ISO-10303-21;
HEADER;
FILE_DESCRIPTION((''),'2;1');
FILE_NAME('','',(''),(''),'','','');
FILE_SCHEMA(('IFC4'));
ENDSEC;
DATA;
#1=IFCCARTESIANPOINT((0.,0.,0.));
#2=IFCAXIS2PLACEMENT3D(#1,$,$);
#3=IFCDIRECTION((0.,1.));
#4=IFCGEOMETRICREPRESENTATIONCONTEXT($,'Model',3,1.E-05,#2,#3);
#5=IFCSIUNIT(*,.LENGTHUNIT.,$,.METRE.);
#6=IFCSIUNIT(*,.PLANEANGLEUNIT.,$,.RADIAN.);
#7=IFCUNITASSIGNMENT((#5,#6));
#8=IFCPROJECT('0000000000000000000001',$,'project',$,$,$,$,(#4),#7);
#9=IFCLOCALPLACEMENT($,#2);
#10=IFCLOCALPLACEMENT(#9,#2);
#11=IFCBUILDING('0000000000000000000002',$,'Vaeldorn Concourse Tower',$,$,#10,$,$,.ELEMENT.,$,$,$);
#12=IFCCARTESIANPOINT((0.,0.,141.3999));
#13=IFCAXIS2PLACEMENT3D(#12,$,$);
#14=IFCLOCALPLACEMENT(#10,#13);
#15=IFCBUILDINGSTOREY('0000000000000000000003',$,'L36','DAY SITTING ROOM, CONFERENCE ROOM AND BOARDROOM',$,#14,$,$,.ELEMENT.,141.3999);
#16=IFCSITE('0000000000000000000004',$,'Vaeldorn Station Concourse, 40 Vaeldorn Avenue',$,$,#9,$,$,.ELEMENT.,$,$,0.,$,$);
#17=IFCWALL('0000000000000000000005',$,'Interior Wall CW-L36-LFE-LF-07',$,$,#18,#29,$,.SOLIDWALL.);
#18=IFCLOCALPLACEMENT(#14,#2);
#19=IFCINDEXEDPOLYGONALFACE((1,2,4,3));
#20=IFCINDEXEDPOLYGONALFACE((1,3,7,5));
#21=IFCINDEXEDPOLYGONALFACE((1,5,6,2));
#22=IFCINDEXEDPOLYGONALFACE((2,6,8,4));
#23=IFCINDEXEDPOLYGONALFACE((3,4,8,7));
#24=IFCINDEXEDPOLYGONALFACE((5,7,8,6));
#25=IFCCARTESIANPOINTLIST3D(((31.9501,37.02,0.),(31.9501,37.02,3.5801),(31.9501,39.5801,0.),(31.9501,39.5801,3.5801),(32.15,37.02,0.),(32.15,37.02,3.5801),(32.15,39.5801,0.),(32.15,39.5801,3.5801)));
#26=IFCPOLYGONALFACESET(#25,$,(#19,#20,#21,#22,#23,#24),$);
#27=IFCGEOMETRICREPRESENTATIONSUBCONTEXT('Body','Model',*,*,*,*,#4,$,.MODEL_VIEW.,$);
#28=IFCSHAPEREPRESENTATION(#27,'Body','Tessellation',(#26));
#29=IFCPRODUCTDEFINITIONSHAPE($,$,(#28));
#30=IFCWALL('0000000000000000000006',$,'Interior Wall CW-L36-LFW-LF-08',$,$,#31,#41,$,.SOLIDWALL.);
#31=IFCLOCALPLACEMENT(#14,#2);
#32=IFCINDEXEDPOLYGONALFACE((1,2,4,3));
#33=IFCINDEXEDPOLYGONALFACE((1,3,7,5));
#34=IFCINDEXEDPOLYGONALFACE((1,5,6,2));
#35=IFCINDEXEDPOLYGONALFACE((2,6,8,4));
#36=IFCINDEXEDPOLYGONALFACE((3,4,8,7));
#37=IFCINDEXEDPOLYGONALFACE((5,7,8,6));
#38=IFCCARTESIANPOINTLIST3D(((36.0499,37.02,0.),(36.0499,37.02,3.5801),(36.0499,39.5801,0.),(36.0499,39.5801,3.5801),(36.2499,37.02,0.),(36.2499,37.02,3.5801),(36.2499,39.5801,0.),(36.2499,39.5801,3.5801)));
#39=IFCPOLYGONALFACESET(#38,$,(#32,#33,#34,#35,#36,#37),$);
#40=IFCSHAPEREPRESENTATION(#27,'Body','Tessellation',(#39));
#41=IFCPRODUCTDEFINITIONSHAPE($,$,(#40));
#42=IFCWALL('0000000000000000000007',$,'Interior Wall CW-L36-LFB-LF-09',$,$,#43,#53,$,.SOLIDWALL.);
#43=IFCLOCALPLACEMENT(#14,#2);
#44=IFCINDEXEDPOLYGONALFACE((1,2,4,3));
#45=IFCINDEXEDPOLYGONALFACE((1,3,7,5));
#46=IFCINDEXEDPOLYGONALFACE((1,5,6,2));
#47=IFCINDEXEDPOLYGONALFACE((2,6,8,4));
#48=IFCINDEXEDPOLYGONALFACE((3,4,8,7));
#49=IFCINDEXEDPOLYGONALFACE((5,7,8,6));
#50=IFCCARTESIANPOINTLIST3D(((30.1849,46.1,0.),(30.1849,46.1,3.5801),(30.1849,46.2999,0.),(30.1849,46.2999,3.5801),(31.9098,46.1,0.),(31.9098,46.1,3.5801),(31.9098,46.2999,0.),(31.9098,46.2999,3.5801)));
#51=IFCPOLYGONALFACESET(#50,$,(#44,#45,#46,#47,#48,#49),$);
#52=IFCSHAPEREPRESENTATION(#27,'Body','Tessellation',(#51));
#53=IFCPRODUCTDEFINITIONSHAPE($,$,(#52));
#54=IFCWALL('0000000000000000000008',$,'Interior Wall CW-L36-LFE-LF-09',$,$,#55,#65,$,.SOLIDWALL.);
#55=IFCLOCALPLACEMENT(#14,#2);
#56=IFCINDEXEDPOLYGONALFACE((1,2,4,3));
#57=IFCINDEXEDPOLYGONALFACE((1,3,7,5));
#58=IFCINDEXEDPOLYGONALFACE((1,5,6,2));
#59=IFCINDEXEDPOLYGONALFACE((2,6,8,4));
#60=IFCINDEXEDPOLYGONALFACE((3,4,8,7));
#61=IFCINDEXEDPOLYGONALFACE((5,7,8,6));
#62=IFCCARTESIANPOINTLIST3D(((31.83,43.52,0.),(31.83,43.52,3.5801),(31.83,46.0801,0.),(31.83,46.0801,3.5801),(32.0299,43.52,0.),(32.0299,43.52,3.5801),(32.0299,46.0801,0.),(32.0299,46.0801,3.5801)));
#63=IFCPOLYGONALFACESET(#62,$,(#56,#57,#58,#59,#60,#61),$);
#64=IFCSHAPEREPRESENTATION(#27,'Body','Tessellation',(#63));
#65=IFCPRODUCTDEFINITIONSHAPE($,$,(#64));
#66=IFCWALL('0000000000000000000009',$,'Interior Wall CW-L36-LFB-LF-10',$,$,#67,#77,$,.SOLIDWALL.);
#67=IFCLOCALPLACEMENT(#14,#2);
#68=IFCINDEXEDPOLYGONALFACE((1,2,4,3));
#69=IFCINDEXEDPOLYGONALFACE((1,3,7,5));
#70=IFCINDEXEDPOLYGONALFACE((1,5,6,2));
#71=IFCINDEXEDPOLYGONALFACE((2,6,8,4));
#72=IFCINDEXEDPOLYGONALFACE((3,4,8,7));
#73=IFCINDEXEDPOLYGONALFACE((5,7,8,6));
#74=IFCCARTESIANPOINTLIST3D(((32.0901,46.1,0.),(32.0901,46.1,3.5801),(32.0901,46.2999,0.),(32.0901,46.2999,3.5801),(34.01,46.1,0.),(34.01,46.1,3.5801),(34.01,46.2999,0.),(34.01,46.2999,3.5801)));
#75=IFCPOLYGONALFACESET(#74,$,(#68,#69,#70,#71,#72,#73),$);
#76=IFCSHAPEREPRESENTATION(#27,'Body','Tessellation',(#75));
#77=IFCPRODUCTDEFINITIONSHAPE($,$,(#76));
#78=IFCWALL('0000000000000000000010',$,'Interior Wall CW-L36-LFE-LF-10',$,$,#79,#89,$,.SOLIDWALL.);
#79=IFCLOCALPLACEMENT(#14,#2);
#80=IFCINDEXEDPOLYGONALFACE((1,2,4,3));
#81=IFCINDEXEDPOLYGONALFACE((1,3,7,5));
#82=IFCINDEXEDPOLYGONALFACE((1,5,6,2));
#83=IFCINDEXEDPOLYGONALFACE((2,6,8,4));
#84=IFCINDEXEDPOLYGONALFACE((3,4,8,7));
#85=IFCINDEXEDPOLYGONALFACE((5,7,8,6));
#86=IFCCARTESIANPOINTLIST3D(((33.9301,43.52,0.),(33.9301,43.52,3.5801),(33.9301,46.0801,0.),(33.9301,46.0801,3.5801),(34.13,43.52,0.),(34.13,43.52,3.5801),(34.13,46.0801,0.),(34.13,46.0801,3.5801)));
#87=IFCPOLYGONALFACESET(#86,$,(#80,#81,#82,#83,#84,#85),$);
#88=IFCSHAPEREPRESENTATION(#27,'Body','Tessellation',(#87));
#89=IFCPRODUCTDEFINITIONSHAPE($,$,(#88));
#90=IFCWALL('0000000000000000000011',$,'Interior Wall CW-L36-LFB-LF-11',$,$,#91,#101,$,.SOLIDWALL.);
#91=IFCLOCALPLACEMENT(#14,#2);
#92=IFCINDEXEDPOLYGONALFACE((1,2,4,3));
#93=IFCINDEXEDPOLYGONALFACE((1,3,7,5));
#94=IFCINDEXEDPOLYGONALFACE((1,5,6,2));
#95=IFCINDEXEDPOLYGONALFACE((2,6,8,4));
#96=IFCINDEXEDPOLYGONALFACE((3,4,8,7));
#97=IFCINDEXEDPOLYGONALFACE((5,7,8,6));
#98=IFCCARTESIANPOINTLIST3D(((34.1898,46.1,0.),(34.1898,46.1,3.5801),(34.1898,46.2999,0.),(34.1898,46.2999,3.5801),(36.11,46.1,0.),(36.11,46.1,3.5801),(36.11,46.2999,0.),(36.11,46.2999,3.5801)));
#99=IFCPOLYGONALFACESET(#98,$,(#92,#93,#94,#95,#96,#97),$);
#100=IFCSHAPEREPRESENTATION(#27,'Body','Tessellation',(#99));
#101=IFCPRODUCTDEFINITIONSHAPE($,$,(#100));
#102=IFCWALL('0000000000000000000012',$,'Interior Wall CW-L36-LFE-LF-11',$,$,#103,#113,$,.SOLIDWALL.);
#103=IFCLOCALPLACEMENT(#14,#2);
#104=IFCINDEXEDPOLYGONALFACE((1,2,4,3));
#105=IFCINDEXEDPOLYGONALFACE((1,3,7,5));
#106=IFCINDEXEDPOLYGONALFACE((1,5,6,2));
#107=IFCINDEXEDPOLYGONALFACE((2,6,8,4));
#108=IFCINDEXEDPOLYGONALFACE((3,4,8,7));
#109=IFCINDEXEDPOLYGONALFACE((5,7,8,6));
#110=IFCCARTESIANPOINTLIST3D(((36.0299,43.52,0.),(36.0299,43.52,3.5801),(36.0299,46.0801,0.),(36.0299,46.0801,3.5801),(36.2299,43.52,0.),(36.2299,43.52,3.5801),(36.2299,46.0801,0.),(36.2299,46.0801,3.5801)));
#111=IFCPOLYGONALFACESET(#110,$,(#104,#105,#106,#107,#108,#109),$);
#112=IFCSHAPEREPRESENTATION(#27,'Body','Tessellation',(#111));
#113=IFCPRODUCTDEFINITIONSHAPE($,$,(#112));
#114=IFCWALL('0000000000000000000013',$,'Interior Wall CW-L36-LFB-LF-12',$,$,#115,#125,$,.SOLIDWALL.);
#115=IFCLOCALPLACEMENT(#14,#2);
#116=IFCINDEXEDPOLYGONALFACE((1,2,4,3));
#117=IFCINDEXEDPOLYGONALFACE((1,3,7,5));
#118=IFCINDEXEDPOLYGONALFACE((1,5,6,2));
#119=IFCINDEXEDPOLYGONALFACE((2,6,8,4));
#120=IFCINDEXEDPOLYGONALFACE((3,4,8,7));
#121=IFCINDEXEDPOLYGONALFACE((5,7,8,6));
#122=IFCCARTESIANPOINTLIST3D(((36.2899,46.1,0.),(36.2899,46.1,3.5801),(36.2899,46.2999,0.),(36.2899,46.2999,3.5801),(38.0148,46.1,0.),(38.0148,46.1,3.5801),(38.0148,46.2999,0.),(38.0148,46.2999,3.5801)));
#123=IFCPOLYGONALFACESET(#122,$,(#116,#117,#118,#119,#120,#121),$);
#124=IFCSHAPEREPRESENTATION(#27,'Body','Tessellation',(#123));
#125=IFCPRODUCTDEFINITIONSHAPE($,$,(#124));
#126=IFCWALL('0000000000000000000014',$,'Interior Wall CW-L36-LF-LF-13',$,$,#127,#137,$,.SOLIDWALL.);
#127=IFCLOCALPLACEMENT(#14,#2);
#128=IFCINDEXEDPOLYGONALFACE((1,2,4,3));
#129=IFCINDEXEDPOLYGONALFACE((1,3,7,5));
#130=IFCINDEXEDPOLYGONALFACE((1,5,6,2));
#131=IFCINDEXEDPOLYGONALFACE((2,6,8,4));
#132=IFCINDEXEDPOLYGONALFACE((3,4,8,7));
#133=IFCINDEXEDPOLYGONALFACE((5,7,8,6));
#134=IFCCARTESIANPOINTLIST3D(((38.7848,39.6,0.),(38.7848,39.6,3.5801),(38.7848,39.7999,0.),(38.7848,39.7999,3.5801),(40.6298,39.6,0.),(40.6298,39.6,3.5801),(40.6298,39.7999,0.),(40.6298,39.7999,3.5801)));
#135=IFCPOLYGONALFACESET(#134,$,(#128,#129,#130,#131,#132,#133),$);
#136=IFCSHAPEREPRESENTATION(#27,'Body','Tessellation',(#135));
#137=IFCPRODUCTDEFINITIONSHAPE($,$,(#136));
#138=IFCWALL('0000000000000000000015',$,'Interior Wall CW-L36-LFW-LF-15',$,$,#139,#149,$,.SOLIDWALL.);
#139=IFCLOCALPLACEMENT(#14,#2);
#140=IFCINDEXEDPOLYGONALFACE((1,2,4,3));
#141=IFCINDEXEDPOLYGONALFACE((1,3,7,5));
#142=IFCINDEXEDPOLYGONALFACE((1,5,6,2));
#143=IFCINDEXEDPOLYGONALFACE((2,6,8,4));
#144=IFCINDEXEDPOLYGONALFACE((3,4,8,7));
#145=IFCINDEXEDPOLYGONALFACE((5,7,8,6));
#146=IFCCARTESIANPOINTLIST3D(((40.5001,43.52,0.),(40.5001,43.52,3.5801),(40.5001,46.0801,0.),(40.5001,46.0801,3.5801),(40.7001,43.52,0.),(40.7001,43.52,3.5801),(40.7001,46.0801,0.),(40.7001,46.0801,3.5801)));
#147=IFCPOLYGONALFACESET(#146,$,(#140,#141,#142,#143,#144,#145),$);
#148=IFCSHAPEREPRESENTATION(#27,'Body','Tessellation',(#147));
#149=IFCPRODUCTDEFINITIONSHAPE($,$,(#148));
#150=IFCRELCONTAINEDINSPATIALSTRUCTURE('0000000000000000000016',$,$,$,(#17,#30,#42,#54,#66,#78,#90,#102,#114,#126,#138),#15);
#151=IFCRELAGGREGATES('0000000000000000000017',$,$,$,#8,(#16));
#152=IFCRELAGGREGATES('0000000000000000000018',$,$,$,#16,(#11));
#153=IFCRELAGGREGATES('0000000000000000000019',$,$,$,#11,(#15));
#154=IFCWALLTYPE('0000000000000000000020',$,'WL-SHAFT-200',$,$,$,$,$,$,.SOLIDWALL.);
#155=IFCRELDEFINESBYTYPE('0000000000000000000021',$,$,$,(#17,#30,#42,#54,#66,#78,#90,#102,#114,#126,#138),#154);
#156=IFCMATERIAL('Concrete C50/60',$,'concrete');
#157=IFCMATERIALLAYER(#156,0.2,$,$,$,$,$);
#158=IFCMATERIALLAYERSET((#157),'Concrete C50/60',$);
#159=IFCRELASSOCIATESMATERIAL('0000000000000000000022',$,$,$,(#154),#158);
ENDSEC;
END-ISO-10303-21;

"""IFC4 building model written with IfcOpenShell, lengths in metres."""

from ifc_helpers import new_model, si_unit, direction, frame, frame_2d, origin, place, context, subcontext, project, spatial, rectangle, extrude, material, layer, layer_set, type_object, element, save


model = new_model("IFC4")

# Units and contexts
model_context = context("Model", 3, precision=1e-05, world=origin(), true_north=direction((0.0, 1.0)))
body_context = subcontext(model_context, "Body", "Model", "MODEL_VIEW")
ifc_project = project(units=[si_unit("LENGTHUNIT", "METRE"), si_unit("PLANEANGLEUNIT", "RADIAN")], contexts=[model_context])

# Site, building, storey
site_placement = place(None, origin())
site = spatial("IfcSite", under=ifc_project, at=site_placement, Name="Vaeldorn Station Concourse, 40 Vaeldorn Avenue", CompositionType="ELEMENT", RefElevation=0.0)
building_placement = place(site_placement, origin())
building = spatial("IfcBuilding", under=site, at=building_placement, Name="Vaeldorn Concourse Tower", CompositionType="ELEMENT")
storey_placement = place(building_placement, frame((0.0, 0.0, 141.3999)))
storey = spatial("IfcBuildingStorey", under=building, at=storey_placement, Name="L36", Description="DAY SITTING ROOM, CONFERENCE ROOM AND BOARDROOM", CompositionType="ELEMENT", Elevation=141.3999)

# Shared definitions
ifc_material_1 = material(Name="Concrete C50/60", Category="concrete")
ifc_layer_1 = layer(ifc_material_1, 0.2)
ifc_layer_set_1 = layer_set([ifc_layer_1], Name="Concrete C50/60")
wall_type_1 = type_object("IfcWallType", Name="WL-SHAFT-200", PredefinedType="SOLIDWALL", material=ifc_layer_set_1)

# Wall
wall_1_placement = place(storey_placement, frame((32.05, 37.02, 0.0), z_axis=(0.0, 0.0, 1.0), x_axis=(0.0, 1.0, 0.0)))
element("IfcWall", 1, at=wall_1_placement, inside=storey, type_object=wall_type_1, Name="Interior Wall CW-L36-LFE-LF-07", PredefinedType="SOLIDWALL", context=body_context, shape_type="SweptSolid", body=[
    extrude(rectangle(XDim=2.5601, YDim=0.2, at=frame_2d((1.28, 0.0))), origin(), (0.0, 0.0, 1.0), 3.5801),
])

# Wall
wall_2_placement = place(storey_placement, frame((36.1499, 37.02, 0.0), z_axis=(0.0, 0.0, 1.0), x_axis=(0.0, 1.0, 0.0)))
element("IfcWall", 2, at=wall_2_placement, inside=storey, type_object=wall_type_1, Name="Interior Wall CW-L36-LFW-LF-08", PredefinedType="SOLIDWALL", context=body_context, shape_type="SweptSolid", body=[
    extrude(rectangle(XDim=2.5601, YDim=0.2, at=frame_2d((1.28, 0.0))), origin(), (0.0, 0.0, 1.0), 3.5801),
])

# Walls
wall_3_placement = place(storey_placement, frame((30.1851, 46.2, 0.0), z_axis=(0.0, 0.0, 1.0), x_axis=(1.0, 0.0, 0.0)))
element("IfcWall", 3, at=wall_3_placement, inside=storey, type_object=wall_type_1, Name="Interior Wall CW-L36-LFB-LF-09", PredefinedType="SOLIDWALL", context=body_context, shape_type="SweptSolid", body=[
    extrude(rectangle(XDim=1.7249, YDim=0.2, at=frame_2d((0.8623, 0.0))), origin(), (0.0, 0.0, 1.0), 3.5801),
])
wall_4_placement = place(storey_placement, frame((31.9299, 43.52, 0.0), z_axis=(0.0, 0.0, 1.0), x_axis=(0.0, 1.0, 0.0)))
element("IfcWall", 4, at=wall_4_placement, inside=storey, type_object=wall_type_1, Name="Interior Wall CW-L36-LFE-LF-09", PredefinedType="SOLIDWALL", context=body_context, shape_type="SweptSolid", body=[
    extrude(rectangle(XDim=2.5601, YDim=0.2, at=frame_2d((1.28, 0.0))), origin(), (0.0, 0.0, 1.0), 3.5801),
])

# Walls
wall_5_placement = place(storey_placement, frame((32.0901, 46.2, 0.0), z_axis=(0.0, 0.0, 1.0), x_axis=(1.0, 0.0, 0.0)))
element("IfcWall", 5, at=wall_5_placement, inside=storey, type_object=wall_type_1, Name="Interior Wall CW-L36-LFB-LF-10", PredefinedType="SOLIDWALL", context=body_context, shape_type="SweptSolid", body=[
    extrude(rectangle(XDim=1.9199, YDim=0.2, at=frame_2d((0.96, 0.0))), origin(), (0.0, 0.0, 1.0), 3.5801),
])
wall_6_placement = place(storey_placement, frame((34.03, 43.52, 0.0), z_axis=(0.0, 0.0, 1.0), x_axis=(0.0, 1.0, 0.0)))
element("IfcWall", 6, at=wall_6_placement, inside=storey, type_object=wall_type_1, Name="Interior Wall CW-L36-LFE-LF-10", PredefinedType="SOLIDWALL", context=body_context, shape_type="SweptSolid", body=[
    extrude(rectangle(XDim=2.5601, YDim=0.2, at=frame_2d((1.28, 0.0))), origin(), (0.0, 0.0, 1.0), 3.5801),
])

# Walls
wall_7_placement = place(storey_placement, frame((34.1899, 46.2, 0.0), z_axis=(0.0, 0.0, 1.0), x_axis=(1.0, 0.0, 0.0)))
element("IfcWall", 7, at=wall_7_placement, inside=storey, type_object=wall_type_1, Name="Interior Wall CW-L36-LFB-LF-11", PredefinedType="SOLIDWALL", context=body_context, shape_type="SweptSolid", body=[
    extrude(rectangle(XDim=1.9202, YDim=0.2, at=frame_2d((0.96, 0.0))), origin(), (0.0, 0.0, 1.0), 3.5801),
])
wall_8_placement = place(storey_placement, frame((36.1299, 43.52, 0.0), z_axis=(0.0, 0.0, 1.0), x_axis=(0.0, 1.0, 0.0)))
element("IfcWall", 8, at=wall_8_placement, inside=storey, type_object=wall_type_1, Name="Interior Wall CW-L36-LFE-LF-11", PredefinedType="SOLIDWALL", context=body_context, shape_type="SweptSolid", body=[
    extrude(rectangle(XDim=2.5601, YDim=0.2, at=frame_2d((1.28, 0.0))), origin(), (0.0, 0.0, 1.0), 3.5801),
])

# Walls
wall_9_placement = place(storey_placement, frame((36.29, 46.2, 0.0), z_axis=(0.0, 0.0, 1.0), x_axis=(1.0, 0.0, 0.0)))
element("IfcWall", 9, at=wall_9_placement, inside=storey, type_object=wall_type_1, Name="Interior Wall CW-L36-LFB-LF-12", PredefinedType="SOLIDWALL", context=body_context, shape_type="SweptSolid", body=[
    extrude(rectangle(XDim=1.7249, YDim=0.2, at=frame_2d((0.8623, 0.0))), origin(), (0.0, 0.0, 1.0), 3.5801),
])
wall_10_placement = place(storey_placement, frame((38.7849, 39.7, 0.0), z_axis=(0.0, 0.0, 1.0), x_axis=(1.0, 0.0, 0.0)))
element("IfcWall", 10, at=wall_10_placement, inside=storey, type_object=wall_type_1, Name="Interior Wall CW-L36-LF-LF-13", PredefinedType="SOLIDWALL", context=body_context, shape_type="SweptSolid", body=[
    extrude(rectangle(XDim=1.845, YDim=0.2, at=frame_2d((0.9224, 0.0))), origin(), (0.0, 0.0, 1.0), 3.5801),
])
wall_11_placement = place(storey_placement, frame((40.6001, 43.52, 0.0), z_axis=(0.0, 0.0, 1.0), x_axis=(0.0, 1.0, 0.0)))
element("IfcWall", 11, at=wall_11_placement, inside=storey, type_object=wall_type_1, Name="Interior Wall CW-L36-LFW-LF-15", PredefinedType="SOLIDWALL", context=body_context, shape_type="SweptSolid", body=[
    extrude(rectangle(XDim=2.5601, YDim=0.2, at=frame_2d((1.28, 0.0))), origin(), (0.0, 0.0, 1.0), 3.5801),
])

save(model, "model.ifc")
